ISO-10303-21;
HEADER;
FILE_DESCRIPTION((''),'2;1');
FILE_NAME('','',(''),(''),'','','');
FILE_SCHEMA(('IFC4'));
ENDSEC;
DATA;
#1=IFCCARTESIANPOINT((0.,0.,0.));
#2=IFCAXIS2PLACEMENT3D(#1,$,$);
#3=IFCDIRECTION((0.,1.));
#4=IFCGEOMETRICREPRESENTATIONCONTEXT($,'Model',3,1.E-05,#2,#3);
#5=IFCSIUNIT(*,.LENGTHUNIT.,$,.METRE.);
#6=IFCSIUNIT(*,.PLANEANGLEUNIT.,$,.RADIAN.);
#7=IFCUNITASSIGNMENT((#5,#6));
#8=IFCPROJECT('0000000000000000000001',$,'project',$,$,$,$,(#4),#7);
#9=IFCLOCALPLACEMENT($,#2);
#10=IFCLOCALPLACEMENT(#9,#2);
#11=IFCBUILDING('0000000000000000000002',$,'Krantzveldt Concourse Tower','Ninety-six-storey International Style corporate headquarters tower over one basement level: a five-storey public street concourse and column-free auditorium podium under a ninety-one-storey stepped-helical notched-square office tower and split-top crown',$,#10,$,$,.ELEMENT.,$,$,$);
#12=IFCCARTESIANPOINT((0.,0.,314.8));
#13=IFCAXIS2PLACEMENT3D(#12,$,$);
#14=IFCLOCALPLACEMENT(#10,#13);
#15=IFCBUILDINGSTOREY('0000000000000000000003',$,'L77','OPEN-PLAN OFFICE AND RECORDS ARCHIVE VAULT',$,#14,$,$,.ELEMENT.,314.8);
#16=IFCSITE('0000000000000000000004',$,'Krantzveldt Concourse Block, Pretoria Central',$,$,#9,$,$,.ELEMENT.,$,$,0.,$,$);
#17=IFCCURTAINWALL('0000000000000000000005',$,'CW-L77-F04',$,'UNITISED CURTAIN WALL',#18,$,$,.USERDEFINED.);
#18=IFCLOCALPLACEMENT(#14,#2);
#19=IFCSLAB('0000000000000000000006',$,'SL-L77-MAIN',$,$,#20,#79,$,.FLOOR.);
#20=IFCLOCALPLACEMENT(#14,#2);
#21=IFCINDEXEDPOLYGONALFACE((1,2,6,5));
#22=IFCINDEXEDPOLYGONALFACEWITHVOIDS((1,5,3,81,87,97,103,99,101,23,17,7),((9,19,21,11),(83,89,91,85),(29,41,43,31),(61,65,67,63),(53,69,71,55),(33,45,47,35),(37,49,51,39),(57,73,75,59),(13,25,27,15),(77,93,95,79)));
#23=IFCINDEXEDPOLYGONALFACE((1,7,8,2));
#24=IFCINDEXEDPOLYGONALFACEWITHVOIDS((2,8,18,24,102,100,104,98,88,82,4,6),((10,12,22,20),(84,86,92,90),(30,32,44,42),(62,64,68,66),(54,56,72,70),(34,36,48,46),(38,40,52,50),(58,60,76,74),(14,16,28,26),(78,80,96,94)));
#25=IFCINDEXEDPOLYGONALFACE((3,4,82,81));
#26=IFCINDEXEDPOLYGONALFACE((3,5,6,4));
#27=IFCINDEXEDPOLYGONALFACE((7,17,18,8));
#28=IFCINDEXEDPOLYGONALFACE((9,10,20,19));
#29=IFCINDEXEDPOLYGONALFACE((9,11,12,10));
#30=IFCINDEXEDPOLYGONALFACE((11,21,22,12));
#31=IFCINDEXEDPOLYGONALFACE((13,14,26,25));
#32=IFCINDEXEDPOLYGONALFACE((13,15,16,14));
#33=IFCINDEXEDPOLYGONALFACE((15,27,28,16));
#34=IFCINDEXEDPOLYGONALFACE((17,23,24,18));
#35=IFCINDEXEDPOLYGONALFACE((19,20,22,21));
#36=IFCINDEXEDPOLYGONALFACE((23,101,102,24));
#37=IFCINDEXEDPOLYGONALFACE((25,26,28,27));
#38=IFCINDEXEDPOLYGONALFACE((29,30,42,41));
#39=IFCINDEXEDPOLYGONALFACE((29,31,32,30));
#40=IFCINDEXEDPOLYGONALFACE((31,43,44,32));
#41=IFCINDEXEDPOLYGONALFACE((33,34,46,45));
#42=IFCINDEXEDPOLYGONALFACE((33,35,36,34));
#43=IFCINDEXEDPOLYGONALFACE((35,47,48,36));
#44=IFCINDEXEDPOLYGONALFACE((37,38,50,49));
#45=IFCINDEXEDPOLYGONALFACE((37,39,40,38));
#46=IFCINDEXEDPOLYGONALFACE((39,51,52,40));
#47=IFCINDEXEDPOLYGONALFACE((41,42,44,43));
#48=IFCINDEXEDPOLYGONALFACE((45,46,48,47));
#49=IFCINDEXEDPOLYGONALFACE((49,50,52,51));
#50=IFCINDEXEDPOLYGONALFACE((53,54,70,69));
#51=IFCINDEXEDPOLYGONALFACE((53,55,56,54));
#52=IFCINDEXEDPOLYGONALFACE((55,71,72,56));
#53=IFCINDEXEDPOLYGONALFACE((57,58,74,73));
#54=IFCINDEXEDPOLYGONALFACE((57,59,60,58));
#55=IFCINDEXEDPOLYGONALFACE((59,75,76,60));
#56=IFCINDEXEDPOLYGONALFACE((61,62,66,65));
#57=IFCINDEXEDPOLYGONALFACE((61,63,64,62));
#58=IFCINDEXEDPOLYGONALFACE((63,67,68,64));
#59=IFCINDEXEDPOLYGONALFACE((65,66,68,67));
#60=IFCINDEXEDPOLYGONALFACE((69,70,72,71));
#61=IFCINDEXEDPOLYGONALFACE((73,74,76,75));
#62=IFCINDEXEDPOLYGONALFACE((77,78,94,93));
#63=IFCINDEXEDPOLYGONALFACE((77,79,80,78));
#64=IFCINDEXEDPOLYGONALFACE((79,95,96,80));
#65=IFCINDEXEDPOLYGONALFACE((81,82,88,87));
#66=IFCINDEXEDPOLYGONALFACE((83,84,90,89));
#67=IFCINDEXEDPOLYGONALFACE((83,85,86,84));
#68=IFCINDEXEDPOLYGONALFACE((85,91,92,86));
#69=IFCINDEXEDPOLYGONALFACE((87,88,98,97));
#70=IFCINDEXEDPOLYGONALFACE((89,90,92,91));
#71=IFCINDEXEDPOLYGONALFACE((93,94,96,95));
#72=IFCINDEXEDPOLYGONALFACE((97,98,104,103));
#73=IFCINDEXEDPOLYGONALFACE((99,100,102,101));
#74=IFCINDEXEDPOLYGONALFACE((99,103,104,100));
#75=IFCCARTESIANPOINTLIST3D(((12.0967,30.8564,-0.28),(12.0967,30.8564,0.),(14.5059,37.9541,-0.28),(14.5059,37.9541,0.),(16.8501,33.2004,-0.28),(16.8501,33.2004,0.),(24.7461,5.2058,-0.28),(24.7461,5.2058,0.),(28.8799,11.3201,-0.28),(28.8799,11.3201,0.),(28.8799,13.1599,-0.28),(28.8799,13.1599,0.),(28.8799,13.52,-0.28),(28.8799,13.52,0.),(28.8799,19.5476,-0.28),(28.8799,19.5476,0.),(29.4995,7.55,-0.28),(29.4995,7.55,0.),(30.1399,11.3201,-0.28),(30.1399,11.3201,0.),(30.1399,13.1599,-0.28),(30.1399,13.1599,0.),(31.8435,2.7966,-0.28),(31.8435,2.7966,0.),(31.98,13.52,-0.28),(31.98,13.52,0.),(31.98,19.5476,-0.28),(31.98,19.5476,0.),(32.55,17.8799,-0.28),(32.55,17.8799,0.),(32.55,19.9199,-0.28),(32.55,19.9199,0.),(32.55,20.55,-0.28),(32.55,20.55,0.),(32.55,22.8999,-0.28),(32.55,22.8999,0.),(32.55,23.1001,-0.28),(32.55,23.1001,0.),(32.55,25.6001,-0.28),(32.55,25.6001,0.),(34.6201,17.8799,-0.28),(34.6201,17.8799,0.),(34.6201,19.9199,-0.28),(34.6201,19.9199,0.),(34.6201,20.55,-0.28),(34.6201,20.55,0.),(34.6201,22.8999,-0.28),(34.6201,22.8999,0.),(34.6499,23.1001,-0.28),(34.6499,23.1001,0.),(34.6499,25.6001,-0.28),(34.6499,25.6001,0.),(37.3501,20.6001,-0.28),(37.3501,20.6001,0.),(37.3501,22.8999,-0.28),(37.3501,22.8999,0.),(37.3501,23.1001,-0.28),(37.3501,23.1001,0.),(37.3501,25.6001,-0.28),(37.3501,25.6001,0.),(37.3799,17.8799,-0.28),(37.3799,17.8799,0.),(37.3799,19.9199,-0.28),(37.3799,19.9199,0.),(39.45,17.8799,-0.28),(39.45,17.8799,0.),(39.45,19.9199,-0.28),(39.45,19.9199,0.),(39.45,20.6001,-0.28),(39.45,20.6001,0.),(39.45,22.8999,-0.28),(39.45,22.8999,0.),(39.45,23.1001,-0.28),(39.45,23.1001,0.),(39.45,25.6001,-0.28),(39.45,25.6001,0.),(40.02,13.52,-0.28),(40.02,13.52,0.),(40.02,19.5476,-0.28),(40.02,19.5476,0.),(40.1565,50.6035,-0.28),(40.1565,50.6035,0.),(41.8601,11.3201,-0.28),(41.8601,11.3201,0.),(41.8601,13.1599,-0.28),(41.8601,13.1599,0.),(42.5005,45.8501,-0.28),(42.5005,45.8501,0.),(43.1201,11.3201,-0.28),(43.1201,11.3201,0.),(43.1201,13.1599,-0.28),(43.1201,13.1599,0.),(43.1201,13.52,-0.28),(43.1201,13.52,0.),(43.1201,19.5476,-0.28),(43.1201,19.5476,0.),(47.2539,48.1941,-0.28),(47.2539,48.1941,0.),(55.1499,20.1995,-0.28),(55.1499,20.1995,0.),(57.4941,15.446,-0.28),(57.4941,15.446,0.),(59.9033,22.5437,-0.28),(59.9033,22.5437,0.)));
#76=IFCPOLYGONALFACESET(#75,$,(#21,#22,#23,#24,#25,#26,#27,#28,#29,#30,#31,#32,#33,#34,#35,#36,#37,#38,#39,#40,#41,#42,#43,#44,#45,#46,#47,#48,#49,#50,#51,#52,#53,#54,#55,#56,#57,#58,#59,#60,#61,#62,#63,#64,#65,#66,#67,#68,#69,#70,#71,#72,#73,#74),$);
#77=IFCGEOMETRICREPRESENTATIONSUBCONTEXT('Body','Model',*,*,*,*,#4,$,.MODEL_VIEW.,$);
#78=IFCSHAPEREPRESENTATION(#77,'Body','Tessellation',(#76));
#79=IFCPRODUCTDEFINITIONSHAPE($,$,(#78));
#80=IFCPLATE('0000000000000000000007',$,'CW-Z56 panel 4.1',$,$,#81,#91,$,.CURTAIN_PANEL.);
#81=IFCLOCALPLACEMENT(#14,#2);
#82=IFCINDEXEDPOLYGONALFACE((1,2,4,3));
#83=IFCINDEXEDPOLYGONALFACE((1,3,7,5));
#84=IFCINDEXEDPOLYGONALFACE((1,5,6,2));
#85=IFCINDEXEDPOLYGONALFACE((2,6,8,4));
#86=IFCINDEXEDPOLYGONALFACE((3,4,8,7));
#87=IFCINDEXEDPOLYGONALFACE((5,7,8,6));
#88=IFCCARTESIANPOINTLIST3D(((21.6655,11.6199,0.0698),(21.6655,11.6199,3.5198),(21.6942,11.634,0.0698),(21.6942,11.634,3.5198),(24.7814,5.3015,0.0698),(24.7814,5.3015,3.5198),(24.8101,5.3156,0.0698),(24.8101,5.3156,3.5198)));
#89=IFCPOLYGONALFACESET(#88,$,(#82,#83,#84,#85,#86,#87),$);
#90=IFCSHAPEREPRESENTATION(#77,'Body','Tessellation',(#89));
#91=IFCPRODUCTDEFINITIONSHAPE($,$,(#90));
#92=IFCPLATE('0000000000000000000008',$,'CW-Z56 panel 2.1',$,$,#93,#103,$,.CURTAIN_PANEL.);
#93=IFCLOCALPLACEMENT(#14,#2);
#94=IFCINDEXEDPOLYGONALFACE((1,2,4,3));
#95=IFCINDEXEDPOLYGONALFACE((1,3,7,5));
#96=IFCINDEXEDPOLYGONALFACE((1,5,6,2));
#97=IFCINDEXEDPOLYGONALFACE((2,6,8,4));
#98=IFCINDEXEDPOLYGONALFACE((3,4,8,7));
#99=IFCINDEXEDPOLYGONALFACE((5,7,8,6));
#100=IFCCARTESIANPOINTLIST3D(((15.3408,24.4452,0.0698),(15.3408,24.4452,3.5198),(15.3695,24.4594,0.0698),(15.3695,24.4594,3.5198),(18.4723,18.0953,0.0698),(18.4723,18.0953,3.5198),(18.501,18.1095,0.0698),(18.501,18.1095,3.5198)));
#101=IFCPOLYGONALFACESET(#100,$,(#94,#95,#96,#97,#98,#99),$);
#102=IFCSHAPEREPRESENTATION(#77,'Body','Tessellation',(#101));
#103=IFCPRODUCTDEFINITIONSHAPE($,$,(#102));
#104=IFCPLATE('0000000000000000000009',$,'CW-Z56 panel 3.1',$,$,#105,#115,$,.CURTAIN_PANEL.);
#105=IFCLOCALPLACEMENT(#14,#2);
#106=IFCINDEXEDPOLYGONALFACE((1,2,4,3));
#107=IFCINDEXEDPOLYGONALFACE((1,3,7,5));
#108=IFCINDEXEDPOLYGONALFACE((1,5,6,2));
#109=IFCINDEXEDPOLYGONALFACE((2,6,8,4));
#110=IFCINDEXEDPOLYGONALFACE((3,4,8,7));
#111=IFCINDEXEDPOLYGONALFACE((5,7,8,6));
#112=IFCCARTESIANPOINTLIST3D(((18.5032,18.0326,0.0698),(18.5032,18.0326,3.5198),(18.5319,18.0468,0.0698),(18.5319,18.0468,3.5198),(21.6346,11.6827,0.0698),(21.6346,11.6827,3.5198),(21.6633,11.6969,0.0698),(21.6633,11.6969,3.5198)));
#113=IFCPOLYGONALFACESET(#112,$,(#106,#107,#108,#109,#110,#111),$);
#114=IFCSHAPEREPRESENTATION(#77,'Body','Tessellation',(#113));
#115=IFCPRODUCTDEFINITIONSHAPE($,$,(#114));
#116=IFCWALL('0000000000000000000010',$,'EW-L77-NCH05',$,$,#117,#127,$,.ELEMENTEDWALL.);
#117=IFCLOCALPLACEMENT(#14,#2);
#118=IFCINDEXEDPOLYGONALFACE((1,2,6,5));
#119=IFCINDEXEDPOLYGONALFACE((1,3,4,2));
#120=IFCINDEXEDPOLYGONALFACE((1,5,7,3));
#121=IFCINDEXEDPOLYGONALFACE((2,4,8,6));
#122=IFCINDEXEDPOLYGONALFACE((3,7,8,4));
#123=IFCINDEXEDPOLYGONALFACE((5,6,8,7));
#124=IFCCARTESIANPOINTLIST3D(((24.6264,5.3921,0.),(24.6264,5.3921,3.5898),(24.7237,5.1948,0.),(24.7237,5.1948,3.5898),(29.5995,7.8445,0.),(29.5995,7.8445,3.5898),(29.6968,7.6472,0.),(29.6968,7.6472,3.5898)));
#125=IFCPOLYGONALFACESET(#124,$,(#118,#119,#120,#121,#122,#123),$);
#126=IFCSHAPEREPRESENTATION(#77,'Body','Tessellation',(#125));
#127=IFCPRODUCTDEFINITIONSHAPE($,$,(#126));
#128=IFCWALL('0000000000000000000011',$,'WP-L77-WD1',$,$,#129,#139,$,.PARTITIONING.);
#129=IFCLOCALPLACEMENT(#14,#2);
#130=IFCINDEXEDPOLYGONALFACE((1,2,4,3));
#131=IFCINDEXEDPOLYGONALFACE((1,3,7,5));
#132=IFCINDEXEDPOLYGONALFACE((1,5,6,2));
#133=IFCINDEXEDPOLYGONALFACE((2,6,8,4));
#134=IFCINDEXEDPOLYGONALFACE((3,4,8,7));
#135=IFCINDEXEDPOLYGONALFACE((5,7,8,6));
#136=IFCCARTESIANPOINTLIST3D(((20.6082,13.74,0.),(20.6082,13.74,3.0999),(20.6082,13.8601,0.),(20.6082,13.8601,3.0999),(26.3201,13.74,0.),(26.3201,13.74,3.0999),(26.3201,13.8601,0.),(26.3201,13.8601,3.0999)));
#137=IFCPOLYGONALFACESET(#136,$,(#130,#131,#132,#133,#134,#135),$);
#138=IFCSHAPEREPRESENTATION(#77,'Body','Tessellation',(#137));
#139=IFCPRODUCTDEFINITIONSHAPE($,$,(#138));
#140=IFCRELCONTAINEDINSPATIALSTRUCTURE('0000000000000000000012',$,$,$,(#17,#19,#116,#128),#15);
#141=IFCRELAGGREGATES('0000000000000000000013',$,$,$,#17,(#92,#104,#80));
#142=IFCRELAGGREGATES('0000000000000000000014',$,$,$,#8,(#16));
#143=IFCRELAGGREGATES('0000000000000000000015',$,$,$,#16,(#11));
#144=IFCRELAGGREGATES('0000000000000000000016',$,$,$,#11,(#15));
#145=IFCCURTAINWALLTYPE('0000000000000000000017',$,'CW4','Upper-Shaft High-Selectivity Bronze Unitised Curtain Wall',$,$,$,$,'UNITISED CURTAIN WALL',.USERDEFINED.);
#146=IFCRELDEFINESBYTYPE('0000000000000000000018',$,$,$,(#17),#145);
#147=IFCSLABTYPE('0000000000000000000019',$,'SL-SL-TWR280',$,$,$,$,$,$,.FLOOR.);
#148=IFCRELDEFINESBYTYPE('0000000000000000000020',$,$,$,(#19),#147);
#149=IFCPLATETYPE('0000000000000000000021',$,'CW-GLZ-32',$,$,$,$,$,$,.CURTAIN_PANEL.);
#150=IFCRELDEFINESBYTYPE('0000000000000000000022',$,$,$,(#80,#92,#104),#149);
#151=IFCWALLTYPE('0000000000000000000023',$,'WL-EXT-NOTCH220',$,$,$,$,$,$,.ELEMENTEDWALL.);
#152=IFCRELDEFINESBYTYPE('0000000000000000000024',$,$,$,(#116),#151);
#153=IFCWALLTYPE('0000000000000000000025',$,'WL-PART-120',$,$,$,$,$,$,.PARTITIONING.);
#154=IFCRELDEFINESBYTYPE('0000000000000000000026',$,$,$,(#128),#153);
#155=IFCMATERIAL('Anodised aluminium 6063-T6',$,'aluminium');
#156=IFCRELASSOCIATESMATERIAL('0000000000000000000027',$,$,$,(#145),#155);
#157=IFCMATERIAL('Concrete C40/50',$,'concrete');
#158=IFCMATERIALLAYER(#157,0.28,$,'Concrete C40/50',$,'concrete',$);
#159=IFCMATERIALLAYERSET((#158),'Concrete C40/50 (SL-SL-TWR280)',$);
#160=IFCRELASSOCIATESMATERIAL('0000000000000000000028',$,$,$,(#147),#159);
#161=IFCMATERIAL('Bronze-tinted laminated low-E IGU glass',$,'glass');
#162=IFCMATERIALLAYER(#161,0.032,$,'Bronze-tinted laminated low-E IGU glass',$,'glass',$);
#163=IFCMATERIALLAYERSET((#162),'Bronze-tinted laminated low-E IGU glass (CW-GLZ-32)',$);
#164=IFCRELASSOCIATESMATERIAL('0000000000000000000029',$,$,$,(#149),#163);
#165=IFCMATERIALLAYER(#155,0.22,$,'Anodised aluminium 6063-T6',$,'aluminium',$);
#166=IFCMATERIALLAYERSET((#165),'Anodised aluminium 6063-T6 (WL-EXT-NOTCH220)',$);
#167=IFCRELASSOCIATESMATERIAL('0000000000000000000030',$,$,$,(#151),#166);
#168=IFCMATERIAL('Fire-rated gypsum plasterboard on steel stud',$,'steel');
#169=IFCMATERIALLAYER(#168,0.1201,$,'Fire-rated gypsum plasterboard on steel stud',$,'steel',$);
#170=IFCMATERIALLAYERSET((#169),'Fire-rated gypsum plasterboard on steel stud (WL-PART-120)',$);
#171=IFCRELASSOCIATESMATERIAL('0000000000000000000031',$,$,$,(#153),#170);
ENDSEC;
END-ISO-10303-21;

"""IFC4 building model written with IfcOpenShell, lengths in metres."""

from ifc_helpers import new_model, si_unit, direction, frame, frame_2d, origin, origin_2d, place, context, subcontext, project, spatial, polyline, rectangle, outline, extrude, source, transform, mapped, material, layer, layer_set, type_object, type_shapes, element, aggregate, save


model = new_model("IFC4")

# Units and contexts
model_context = context("Model", 3, precision=1e-05, world=origin(), true_north=direction((0.0, 1.0)))
body_context = subcontext(model_context, "Body", "Model", "MODEL_VIEW")
ifc_project = project(units=[si_unit("LENGTHUNIT", "METRE"), si_unit("PLANEANGLEUNIT", "RADIAN")], contexts=[model_context])

# Site, building, storey
site_placement = place(None, origin())
site = spatial("IfcSite", under=ifc_project, at=site_placement, Name="Krantzveldt Concourse Block, Pretoria Central", CompositionType="ELEMENT", RefElevation=0.0)
building_placement = place(site_placement, origin())
building = spatial("IfcBuilding", under=site, at=building_placement, Name="Krantzveldt Concourse Tower", Description="Ninety-six-storey International Style corporate headquarters tower over one basement level: a five-storey public street concourse and column-free auditorium podium under a ninety-one-storey stepped-helical notched-square office tower and split-top crown", CompositionType="ELEMENT")
storey_placement = place(building_placement, frame((0.0, 0.0, 314.8)))
storey = spatial("IfcBuildingStorey", under=building, at=storey_placement, Name="L77", Description="OPEN-PLAN OFFICE AND RECORDS ARCHIVE VAULT", CompositionType="ELEMENT", Elevation=314.8)

# Curtain wall
ifc_material_1 = material(Name="Anodised aluminium 6063-T6", Category="aluminium")
curtain_wall_type = type_object("IfcCurtainWallType", Name="CW4", Description="Upper-Shaft High-Selectivity Bronze Unitised Curtain Wall", ElementType="UNITISED CURTAIN WALL", PredefinedType="USERDEFINED", material=ifc_material_1)
curtain_wall_placement = place(storey_placement, origin())
curtain_wall = element("IfcCurtainWall", 1, at=curtain_wall_placement, inside=storey, type_object=curtain_wall_type, Name="CW-L77-F04", ObjectType="UNITISED CURTAIN WALL", PredefinedType="USERDEFINED")

# Slab
ifc_material_2 = material(Name="Concrete C40/50", Category="concrete")
ifc_layer_1 = layer(ifc_material_2, 0.28, Name="Concrete C40/50", Category="concrete")
ifc_layer_set_1 = layer_set([ifc_layer_1], Name="Concrete C40/50 (SL-SL-TWR280)")
slab_type_1 = type_object("IfcSlabType", Name="SL-SL-TWR280", PredefinedType="FLOOR", material=ifc_layer_set_1)
slab_1_placement = place(storey_placement, frame((0.0, 0.0, -0.28)))
element("IfcSlab", 2, at=slab_1_placement, inside=storey, type_object=slab_type_1, Name="SL-L77-MAIN", PredefinedType="FLOOR", context=body_context, shape_type="SweptSolid", body=[
    extrude(outline(polyline([(42.5005, 45.8501), (40.1565, 50.6035), (14.5059, 37.9541), (16.8501, 33.2004), (12.0967, 30.8564), (24.7461, 5.2058), (29.4995, 7.55), (31.8435, 2.7966), (57.4941, 15.446), (55.1499, 20.1995), (59.9033, 22.5437), (47.2539, 48.1941), (42.5005, 45.8501)]), holes=[polyline([(28.8799, 19.5476), (28.8799, 13.52), (31.98, 13.52), (31.98, 19.5476), (28.8799, 19.5476)]), polyline([(40.02, 19.5476), (40.02, 13.52), (43.1201, 13.52), (43.1201, 19.5476), (40.02, 19.5476)]), polyline([(32.55, 23.1001), (34.6499, 23.1001), (34.6499, 25.6001), (32.55, 25.6001), (32.55, 23.1001)]), polyline([(37.3501, 23.1001), (39.45, 23.1001), (39.45, 25.6001), (37.3501, 25.6001), (37.3501, 23.1001)]), polyline([(37.3501, 20.6001), (39.45, 20.6001), (39.45, 22.8999), (37.3501, 22.8999), (37.3501, 20.6001)]), polyline([(32.55, 20.55), (34.6201, 20.55), (34.6201, 22.8999), (32.55, 22.8999), (32.55, 20.55)]), polyline([(32.55, 17.8799), (34.6201, 17.8799), (34.6201, 19.9199), (32.55, 19.9199), (32.55, 17.8799)]), polyline([(37.3799, 17.8799), (39.45, 17.8799), (39.45, 19.9199), (37.3799, 19.9199), (37.3799, 17.8799)]), polyline([(28.8799, 11.3201), (30.1399, 11.3201), (30.1399, 13.1599), (28.8799, 13.1599), (28.8799, 11.3201)]), polyline([(41.8601, 11.3201), (43.1201, 11.3201), (43.1201, 13.1599), (41.8601, 13.1599), (41.8601, 11.3201)])]), origin(), (0.0, 0.0, 1.0), 0.28),
])

# Plates
ifc_material_3 = material(Name="Bronze-tinted laminated low-E IGU glass", Category="glass")
ifc_layer_2 = layer(ifc_material_3, 0.032, Name="Bronze-tinted laminated low-E IGU glass", Category="glass")
ifc_layer_set_2 = layer_set([ifc_layer_2], Name="Bronze-tinted laminated low-E IGU glass (CW-GLZ-32)")
plate_type = type_object("IfcPlateType", Name="CW-GLZ-32", PredefinedType="CURTAIN_PANEL", material=ifc_layer_set_2)
shared_shape_1 = source(origin(), body_context, "Body", "SweptSolid", [
    extrude(rectangle(XDim=7.0449, YDim=0.032, at=origin_2d()), origin(), (0.0, 0.0, 1.0), 3.45),
])
plate_1_placement = place(storey_placement, frame((23.2378, 8.4678, 0.0698), z_axis=(0.0, 0.0, 1.0), x_axis=(0.442289, -0.896873, 0.0)))
plate_1 = element("IfcPlate", 3, at=plate_1_placement, type_object=plate_type, Name="CW-Z56 panel 4.1", PredefinedType="CURTAIN_PANEL", context=body_context, shape_type="MappedRepresentation", body=[
    mapped(shared_shape_1, transform((0.0, 0.0, 0.0), x_axis=(1.0, 0.0, 0.0), y_axis=(0.0, 1.0, 0.0), z_axis=(0.0, 0.0, 1.0), scale=1.0)),
])
shared_shape_2 = source(origin(), body_context, "Body", "SweptSolid", [
    extrude(rectangle(XDim=7.0801, YDim=0.032, at=origin_2d()), origin(), (0.0, 0.0, 1.0), 3.45),
])
type_shapes(plate_type, [shared_shape_1, shared_shape_2])
plate_2_placement = place(storey_placement, frame((16.9209, 21.2773, 0.0698), z_axis=(0.0, 0.0, 1.0), x_axis=(0.442289, -0.896873, 0.0)))
plate_2 = element("IfcPlate", 4, at=plate_2_placement, type_object=plate_type, Name="CW-Z56 panel 2.1", PredefinedType="CURTAIN_PANEL", context=body_context, shape_type="MappedRepresentation", body=[
    mapped(shared_shape_2, transform((0.0, 0.0, 0.0), x_axis=(1.0, 0.0, 0.0), y_axis=(0.0, 1.0, 0.0), z_axis=(0.0, 0.0, 1.0), scale=1.0)),
])
plate_3_placement = place(storey_placement, frame((20.0833, 14.8647, 0.0698), z_axis=(0.0, 0.0, 1.0), x_axis=(0.442289, -0.896873, 0.0)))
plate_3 = element("IfcPlate", 5, at=plate_3_placement, type_object=plate_type, Name="CW-Z56 panel 3.1", PredefinedType="CURTAIN_PANEL", context=body_context, shape_type="MappedRepresentation", body=[
    mapped(shared_shape_2, transform((0.0, 0.0, 0.0), x_axis=(1.0, 0.0, 0.0), y_axis=(0.0, 1.0, 0.0), z_axis=(0.0, 0.0, 1.0), scale=1.0)),
])
aggregate(curtain_wall, [plate_2, plate_3, plate_1])

# Walls
ifc_layer_3 = layer(ifc_material_1, 0.22, Name="Anodised aluminium 6063-T6", Category="aluminium")
ifc_layer_set_3 = layer_set([ifc_layer_3], Name="Anodised aluminium 6063-T6 (WL-EXT-NOTCH220)")
wall_type_1 = type_object("IfcWallType", Name="WL-EXT-NOTCH220", PredefinedType="ELEMENTEDWALL", material=ifc_layer_set_3)
wall_1_placement = place(storey_placement, frame((24.675, 5.2935, 0.0), z_axis=(0.0, 0.0, 1.0), x_axis=(0.896879, 0.442276, 0.0)))
element("IfcWall", 6, at=wall_1_placement, inside=storey, type_object=wall_type_1, Name="EW-L77-NCH05", PredefinedType="ELEMENTEDWALL", context=body_context, shape_type="SweptSolid", body=[
    extrude(rectangle(XDim=5.5449, YDim=0.22, at=frame_2d((2.7725, 0.0))), origin(), (0.0, 0.0, 1.0), 3.5898),
])
ifc_material_4 = material(Name="Fire-rated gypsum plasterboard on steel stud", Category="steel")
ifc_layer_4 = layer(ifc_material_4, 0.1201, Name="Fire-rated gypsum plasterboard on steel stud", Category="steel")
ifc_layer_set_4 = layer_set([ifc_layer_4], Name="Fire-rated gypsum plasterboard on steel stud (WL-PART-120)")
wall_type_2 = type_object("IfcWallType", Name="WL-PART-120", PredefinedType="PARTITIONING", material=ifc_layer_set_4)
wall_2_placement = place(storey_placement, frame((20.6082, 13.8, 0.0), z_axis=(0.0, 0.0, 1.0), x_axis=(1.0, 0.0, 0.0)))
element("IfcWall", 7, at=wall_2_placement, inside=storey, type_object=wall_type_2, Name="WP-L77-WD1", PredefinedType="PARTITIONING", context=body_context, shape_type="SweptSolid", body=[
    extrude(rectangle(XDim=5.7119, YDim=0.1201, at=frame_2d((2.856, 0.0))), origin(), (0.0, 0.0, 1.0), 3.0999),
])

save(model, "model.ifc")
